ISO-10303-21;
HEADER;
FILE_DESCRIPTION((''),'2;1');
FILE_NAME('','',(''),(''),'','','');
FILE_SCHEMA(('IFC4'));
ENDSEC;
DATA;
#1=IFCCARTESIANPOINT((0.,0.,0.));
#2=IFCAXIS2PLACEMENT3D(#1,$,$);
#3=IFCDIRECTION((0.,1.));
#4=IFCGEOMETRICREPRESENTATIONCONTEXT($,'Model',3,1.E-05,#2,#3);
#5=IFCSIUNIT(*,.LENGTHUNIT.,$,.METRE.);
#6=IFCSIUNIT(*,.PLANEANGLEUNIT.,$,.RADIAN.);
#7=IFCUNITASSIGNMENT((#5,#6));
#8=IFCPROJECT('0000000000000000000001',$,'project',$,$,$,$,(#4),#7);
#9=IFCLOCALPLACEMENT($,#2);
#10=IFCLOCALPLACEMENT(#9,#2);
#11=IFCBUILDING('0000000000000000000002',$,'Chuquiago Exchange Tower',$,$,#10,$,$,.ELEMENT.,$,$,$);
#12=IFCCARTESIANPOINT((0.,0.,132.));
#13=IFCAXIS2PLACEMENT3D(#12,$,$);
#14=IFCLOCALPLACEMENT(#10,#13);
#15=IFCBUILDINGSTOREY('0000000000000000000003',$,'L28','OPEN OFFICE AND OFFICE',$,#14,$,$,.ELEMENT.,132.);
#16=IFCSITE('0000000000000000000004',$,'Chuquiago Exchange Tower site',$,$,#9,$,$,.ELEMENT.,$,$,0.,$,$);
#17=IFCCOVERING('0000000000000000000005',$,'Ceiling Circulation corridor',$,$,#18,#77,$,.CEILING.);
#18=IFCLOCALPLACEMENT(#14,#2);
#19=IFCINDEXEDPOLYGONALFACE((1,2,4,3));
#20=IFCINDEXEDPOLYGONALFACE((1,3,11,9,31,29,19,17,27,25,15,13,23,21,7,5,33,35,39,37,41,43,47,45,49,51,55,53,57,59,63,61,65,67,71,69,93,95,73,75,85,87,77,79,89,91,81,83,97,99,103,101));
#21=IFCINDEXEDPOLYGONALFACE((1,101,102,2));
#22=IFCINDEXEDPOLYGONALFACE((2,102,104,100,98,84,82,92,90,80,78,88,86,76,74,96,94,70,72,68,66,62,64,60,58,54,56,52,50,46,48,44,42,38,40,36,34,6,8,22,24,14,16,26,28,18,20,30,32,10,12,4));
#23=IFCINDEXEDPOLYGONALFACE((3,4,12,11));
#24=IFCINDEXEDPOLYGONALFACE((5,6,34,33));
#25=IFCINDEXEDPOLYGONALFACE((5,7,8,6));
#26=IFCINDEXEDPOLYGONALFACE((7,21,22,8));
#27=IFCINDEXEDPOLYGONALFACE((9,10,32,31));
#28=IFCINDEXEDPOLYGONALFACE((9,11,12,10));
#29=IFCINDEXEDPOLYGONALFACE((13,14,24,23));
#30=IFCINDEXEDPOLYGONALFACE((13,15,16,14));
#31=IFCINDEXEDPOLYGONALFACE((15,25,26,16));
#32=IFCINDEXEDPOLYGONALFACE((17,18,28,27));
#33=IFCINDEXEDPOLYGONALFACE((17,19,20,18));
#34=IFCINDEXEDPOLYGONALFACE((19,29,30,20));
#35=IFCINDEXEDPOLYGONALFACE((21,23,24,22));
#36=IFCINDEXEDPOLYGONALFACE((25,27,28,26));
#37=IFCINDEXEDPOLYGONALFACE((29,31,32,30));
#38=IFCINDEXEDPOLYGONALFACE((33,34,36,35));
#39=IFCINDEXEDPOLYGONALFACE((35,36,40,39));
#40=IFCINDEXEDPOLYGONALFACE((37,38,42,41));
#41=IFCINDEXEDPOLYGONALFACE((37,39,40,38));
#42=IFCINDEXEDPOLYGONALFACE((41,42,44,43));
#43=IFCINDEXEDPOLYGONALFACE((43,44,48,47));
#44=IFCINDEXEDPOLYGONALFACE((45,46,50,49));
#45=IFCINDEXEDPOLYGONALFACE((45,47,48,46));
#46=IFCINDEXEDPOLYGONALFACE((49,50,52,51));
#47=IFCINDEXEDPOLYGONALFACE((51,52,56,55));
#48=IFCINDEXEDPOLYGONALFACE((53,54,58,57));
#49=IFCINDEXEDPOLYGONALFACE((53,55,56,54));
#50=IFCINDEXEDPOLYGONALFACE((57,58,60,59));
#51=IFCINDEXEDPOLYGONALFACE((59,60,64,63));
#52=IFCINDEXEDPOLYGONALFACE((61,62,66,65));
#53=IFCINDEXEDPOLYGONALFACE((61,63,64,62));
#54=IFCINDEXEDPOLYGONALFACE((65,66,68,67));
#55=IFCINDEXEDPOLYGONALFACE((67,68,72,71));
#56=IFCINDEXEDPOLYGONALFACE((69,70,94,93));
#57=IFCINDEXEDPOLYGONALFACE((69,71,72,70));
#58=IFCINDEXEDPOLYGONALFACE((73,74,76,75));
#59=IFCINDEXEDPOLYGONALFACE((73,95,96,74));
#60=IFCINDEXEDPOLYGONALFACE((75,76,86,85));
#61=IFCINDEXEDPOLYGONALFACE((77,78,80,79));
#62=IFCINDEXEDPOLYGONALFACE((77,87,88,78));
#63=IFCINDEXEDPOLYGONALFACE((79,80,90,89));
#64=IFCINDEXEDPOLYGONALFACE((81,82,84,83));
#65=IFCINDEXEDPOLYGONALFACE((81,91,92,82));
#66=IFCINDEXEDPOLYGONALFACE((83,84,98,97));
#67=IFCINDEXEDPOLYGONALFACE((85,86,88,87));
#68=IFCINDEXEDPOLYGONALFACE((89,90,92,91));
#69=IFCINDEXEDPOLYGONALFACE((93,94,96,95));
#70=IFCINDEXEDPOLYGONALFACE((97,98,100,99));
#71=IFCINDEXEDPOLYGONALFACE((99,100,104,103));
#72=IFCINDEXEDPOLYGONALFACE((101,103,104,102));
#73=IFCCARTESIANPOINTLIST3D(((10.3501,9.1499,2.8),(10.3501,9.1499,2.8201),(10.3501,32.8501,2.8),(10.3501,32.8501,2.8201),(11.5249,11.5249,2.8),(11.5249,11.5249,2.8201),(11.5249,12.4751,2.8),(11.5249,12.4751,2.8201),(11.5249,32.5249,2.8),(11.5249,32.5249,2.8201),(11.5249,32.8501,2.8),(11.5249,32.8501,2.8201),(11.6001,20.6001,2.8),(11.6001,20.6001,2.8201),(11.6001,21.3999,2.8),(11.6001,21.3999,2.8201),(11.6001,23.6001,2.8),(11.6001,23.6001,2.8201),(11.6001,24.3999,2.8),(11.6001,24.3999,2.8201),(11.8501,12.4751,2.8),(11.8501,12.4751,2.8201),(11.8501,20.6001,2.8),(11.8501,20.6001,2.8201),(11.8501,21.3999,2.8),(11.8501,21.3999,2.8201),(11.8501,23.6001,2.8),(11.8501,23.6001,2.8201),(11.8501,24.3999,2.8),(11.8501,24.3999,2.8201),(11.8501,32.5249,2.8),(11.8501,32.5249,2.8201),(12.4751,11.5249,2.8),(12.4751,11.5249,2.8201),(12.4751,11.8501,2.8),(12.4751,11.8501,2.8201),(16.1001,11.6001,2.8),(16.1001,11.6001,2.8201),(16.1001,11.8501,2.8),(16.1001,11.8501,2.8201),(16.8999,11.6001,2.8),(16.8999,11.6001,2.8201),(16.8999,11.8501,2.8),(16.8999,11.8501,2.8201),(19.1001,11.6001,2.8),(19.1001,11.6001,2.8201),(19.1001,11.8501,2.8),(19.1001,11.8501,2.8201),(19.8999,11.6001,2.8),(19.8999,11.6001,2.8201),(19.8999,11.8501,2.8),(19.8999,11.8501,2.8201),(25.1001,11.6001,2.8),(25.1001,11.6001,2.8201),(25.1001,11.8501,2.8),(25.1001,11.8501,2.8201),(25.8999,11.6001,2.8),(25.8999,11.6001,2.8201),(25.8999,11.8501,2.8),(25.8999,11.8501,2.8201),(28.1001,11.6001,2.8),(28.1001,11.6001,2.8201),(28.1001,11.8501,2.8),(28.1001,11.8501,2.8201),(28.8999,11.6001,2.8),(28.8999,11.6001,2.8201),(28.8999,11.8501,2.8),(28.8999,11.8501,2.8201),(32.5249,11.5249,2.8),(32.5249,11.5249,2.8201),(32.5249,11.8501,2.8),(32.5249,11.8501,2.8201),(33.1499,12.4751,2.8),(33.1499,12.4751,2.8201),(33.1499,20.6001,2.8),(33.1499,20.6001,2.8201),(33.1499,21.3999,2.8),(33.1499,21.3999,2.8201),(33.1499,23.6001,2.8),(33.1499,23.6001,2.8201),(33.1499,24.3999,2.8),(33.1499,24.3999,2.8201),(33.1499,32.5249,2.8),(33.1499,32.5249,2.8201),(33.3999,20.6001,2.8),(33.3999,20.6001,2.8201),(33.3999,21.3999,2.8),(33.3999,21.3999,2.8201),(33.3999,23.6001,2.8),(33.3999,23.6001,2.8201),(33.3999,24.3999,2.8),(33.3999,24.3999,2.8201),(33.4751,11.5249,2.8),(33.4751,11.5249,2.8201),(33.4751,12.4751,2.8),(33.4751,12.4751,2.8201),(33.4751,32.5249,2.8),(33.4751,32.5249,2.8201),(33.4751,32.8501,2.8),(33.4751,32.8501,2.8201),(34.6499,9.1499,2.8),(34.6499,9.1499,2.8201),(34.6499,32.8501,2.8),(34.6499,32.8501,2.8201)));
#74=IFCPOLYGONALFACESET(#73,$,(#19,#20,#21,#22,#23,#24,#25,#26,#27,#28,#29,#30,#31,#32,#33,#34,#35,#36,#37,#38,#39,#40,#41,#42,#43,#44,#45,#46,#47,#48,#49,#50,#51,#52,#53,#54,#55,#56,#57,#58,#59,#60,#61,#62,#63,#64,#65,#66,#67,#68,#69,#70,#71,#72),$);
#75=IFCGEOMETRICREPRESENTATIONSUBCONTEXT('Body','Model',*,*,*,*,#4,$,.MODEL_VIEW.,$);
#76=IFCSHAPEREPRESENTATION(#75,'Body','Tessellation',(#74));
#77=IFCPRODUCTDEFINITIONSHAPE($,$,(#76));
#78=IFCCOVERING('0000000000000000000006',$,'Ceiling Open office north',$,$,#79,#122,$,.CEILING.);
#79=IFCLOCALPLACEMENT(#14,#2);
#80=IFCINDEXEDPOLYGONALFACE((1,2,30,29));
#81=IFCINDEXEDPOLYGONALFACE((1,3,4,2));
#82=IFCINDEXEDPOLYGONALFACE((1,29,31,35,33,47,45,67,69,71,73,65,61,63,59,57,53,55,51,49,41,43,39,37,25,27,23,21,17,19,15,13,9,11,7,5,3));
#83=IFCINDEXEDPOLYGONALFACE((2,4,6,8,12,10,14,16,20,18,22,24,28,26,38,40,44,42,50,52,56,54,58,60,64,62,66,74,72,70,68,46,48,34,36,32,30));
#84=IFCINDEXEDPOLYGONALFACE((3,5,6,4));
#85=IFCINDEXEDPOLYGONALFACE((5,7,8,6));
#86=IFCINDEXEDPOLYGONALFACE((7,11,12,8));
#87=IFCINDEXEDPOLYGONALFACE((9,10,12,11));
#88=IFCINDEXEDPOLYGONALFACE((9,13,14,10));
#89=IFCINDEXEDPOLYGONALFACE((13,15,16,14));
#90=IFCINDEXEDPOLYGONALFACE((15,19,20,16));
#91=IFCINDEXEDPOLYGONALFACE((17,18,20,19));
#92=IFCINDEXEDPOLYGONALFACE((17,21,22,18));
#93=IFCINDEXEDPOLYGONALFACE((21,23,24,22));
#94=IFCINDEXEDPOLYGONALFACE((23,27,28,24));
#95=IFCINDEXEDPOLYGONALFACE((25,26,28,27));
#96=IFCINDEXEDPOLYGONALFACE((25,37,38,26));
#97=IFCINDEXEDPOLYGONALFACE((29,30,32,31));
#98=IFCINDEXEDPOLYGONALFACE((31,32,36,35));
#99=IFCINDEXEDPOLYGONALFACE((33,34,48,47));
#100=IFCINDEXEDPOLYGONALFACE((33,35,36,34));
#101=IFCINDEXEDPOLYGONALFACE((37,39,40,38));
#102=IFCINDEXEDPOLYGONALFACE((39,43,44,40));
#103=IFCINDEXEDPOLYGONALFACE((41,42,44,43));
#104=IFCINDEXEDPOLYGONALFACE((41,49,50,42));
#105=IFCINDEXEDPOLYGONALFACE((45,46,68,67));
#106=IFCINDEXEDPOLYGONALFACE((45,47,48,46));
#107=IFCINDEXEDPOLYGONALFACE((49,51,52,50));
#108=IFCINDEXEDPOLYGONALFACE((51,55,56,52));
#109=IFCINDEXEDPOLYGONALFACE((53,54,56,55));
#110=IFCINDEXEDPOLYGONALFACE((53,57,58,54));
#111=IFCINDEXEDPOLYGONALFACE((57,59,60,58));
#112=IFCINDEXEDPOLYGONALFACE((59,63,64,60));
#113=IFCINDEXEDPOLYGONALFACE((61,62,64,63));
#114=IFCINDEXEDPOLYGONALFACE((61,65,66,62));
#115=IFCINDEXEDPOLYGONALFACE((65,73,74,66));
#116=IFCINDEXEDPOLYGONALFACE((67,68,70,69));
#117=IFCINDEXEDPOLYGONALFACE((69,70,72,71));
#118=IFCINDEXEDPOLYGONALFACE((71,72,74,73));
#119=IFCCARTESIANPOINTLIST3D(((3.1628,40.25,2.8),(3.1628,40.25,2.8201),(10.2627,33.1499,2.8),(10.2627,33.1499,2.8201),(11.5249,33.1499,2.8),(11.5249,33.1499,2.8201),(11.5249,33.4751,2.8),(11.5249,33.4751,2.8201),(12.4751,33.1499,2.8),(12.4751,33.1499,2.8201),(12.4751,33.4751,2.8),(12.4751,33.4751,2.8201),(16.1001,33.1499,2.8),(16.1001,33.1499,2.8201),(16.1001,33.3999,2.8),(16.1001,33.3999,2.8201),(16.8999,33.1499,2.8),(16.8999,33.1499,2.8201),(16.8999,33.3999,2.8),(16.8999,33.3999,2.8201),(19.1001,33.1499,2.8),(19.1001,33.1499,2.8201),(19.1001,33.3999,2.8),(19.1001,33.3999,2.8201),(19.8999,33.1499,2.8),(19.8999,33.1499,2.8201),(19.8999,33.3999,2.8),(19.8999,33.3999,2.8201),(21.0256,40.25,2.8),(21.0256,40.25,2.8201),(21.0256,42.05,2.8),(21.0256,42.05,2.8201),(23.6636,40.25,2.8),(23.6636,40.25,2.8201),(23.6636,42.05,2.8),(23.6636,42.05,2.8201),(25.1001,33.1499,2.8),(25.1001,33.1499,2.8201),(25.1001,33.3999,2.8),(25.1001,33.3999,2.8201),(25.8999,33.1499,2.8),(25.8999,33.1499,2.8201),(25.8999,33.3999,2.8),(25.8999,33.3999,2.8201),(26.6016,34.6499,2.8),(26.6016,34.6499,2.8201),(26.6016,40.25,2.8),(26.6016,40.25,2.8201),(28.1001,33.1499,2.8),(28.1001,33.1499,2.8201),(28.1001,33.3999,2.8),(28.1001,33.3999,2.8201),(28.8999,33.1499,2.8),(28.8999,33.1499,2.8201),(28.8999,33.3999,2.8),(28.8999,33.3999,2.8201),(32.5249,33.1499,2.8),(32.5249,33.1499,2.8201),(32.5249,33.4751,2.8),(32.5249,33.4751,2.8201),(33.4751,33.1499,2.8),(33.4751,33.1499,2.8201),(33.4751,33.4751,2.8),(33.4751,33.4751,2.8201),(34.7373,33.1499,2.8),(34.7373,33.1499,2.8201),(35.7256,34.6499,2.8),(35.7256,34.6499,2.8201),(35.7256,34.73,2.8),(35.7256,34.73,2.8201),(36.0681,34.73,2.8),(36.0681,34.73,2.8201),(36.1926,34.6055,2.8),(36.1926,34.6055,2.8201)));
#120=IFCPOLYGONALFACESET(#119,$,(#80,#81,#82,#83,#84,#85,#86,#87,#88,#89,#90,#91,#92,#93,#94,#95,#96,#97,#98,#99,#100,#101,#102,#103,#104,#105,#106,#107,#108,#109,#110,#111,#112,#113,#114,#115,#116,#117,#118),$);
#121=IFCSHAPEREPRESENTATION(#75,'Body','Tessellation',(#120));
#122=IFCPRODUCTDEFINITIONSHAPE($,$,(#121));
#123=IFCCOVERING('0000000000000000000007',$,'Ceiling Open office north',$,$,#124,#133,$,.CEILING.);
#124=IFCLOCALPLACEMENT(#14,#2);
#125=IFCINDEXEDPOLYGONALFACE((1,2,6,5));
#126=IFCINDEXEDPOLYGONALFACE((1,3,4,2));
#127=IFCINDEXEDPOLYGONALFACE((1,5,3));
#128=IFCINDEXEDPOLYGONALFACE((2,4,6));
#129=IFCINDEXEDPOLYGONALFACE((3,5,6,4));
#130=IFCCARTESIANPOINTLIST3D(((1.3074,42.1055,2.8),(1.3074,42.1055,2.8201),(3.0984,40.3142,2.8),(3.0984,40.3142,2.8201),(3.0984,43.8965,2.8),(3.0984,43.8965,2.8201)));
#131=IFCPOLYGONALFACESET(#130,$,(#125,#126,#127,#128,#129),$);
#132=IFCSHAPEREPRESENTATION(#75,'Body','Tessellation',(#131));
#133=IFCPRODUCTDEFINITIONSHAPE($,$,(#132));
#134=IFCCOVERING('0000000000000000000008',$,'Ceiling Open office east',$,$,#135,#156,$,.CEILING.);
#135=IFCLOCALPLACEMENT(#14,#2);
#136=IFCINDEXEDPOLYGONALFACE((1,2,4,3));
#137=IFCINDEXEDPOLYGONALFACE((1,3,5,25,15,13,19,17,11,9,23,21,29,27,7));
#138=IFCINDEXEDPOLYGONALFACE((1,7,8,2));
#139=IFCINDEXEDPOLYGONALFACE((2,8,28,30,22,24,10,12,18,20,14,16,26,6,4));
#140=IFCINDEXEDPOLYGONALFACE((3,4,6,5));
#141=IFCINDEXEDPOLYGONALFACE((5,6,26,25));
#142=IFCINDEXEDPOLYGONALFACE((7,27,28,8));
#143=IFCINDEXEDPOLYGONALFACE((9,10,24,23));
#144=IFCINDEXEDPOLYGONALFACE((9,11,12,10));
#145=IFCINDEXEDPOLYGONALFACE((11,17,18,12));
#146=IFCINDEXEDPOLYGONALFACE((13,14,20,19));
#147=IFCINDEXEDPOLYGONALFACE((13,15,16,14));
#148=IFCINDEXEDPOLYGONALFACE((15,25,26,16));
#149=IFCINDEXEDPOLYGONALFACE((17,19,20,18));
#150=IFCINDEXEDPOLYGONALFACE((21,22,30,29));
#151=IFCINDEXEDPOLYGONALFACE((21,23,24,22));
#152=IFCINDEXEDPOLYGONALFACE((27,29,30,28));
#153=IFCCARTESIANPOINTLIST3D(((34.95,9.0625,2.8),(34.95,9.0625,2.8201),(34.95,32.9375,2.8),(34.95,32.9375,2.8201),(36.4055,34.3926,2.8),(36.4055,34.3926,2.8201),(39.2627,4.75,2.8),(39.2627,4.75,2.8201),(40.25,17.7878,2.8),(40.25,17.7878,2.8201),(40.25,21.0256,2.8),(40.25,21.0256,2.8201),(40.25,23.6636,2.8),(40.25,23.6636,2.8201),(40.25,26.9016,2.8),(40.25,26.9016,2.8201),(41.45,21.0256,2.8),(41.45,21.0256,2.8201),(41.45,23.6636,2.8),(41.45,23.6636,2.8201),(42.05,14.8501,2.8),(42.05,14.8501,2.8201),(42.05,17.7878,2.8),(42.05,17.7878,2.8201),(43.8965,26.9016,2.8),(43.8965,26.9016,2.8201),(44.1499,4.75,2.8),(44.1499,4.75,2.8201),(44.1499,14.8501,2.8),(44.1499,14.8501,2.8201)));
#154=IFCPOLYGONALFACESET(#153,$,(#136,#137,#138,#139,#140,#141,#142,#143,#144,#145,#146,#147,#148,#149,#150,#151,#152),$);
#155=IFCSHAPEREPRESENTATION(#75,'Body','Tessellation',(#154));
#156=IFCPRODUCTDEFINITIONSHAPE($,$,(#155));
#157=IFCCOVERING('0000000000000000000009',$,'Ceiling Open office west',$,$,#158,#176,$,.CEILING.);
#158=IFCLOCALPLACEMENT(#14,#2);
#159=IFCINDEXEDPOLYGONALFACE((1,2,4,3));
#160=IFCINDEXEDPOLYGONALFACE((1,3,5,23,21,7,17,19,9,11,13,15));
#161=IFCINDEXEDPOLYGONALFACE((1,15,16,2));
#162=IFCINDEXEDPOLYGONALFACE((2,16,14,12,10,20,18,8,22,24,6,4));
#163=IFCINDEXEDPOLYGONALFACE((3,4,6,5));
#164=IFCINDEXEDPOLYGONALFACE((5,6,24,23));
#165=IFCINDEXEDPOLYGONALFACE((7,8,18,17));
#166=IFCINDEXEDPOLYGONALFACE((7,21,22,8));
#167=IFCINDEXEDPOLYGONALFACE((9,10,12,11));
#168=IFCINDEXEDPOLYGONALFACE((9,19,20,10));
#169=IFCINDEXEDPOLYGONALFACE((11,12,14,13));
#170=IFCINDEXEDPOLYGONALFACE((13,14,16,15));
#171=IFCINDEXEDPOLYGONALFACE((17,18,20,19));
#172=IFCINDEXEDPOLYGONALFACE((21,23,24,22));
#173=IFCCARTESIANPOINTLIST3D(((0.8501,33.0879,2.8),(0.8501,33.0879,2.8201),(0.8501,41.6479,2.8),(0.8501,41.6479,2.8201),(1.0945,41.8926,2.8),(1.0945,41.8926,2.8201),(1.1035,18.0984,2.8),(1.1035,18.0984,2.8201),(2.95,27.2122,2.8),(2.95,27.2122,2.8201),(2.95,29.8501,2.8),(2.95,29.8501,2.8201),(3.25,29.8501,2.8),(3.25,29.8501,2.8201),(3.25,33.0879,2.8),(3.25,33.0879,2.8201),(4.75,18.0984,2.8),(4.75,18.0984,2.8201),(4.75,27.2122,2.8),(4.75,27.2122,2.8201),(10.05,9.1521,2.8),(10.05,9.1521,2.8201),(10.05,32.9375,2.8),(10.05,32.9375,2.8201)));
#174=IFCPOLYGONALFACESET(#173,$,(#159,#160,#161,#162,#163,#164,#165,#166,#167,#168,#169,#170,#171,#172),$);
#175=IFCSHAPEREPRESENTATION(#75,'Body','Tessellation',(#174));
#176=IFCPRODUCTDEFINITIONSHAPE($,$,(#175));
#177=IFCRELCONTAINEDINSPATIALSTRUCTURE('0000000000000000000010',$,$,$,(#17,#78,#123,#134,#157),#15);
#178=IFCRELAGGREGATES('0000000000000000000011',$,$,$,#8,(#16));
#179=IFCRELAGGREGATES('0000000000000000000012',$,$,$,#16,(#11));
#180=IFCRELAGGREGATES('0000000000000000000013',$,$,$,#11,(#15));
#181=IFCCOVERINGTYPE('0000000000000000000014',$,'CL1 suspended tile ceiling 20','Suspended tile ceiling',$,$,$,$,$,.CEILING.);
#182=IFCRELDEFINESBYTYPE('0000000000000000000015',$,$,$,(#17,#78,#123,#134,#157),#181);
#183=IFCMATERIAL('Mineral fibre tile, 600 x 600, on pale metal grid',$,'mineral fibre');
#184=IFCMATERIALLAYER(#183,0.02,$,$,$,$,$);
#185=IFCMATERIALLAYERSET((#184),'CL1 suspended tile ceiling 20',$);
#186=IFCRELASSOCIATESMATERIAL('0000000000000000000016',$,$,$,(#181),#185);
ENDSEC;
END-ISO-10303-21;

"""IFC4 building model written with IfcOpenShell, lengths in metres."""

from ifc_helpers import new_model, si_unit, direction, frame, origin, place, context, subcontext, project, spatial, polyline, outline, extrude, material, layer, layer_set, type_object, element, save


model = new_model("IFC4")

# Units and contexts
model_context = context("Model", 3, precision=1e-05, world=origin(), true_north=direction((0.0, 1.0)))
body_context = subcontext(model_context, "Body", "Model", "MODEL_VIEW")
ifc_project = project(units=[si_unit("LENGTHUNIT", "METRE"), si_unit("PLANEANGLEUNIT", "RADIAN")], contexts=[model_context])

# Site, building, storey
site_placement = place(None, origin())
site = spatial("IfcSite", under=ifc_project, at=site_placement, Name="Chuquiago Exchange Tower site", CompositionType="ELEMENT", RefElevation=0.0)
building_placement = place(site_placement, origin())
building = spatial("IfcBuilding", under=site, at=building_placement, Name="Chuquiago Exchange Tower", CompositionType="ELEMENT")
storey_placement = place(building_placement, frame((0.0, 0.0, 132.0)))
storey = spatial("IfcBuildingStorey", under=building, at=storey_placement, Name="L28", Description="OPEN OFFICE AND OFFICE", CompositionType="ELEMENT", Elevation=132.0)

# Coverings
ifc_material_1 = material(Name="Mineral fibre tile, 600 x 600, on pale metal grid", Category="mineral fibre")
ifc_layer_1 = layer(ifc_material_1, 0.02)
ifc_layer_set_1 = layer_set([ifc_layer_1], Name="CL1 suspended tile ceiling 20")
covering_type_1 = type_object("IfcCoveringType", Name="CL1 suspended tile ceiling 20", Description="Suspended tile ceiling", PredefinedType="CEILING", material=ifc_layer_set_1)
covering_1_placement = place(storey_placement, frame((0.0, 0.0, 2.8)))
element("IfcCovering", 1, at=covering_1_placement, inside=storey, type_object=covering_type_1, Name="Ceiling Circulation corridor", PredefinedType="CEILING", context=body_context, shape_type="SweptSolid", body=[
    extrude(outline(polyline([(16.1001, 11.8501), (16.1001, 11.6001), (16.8999, 11.6001), (16.8999, 11.8501), (19.1001, 11.8501), (19.1001, 11.6001), (19.8999, 11.6001), (19.8999, 11.8501), (25.1001, 11.8501), (25.1001, 11.6001), (25.8999, 11.6001), (25.8999, 11.8501), (28.1001, 11.8501), (28.1001, 11.6001), (28.8999, 11.6001), (28.8999, 11.8501), (32.5249, 11.8501), (32.5249, 11.5249), (33.4751, 11.5249), (33.4751, 12.4751), (33.1499, 12.4751), (33.1499, 20.6001), (33.3999, 20.6001), (33.3999, 21.3999), (33.1499, 21.3999), (33.1499, 23.6001), (33.3999, 23.6001), (33.3999, 24.3999), (33.1499, 24.3999), (33.1499, 32.5249), (33.4751, 32.5249), (33.4751, 32.8501), (34.6499, 32.8501), (34.6499, 9.1499), (10.3501, 9.1499), (10.3501, 32.8501), (11.5249, 32.8501), (11.5249, 32.5249), (11.8501, 32.5249), (11.8501, 24.3999), (11.6001, 24.3999), (11.6001, 23.6001), (11.8501, 23.6001), (11.8501, 21.3999), (11.6001, 21.3999), (11.6001, 20.6001), (11.8501, 20.6001), (11.8501, 12.4751), (11.5249, 12.4751), (11.5249, 11.5249), (12.4751, 11.5249), (12.4751, 11.8501), (16.1001, 11.8501)])), origin(), (0.0, 0.0, 1.0), 0.02),
])
covering_2_placement = place(storey_placement, frame((0.0, 0.0, 2.8)))
element("IfcCovering", 2, at=covering_2_placement, inside=storey, type_object=covering_type_1, Name="Ceiling Open office north", PredefinedType="CEILING", context=body_context, shape_type="SweptSolid", body=[
    extrude(outline(polyline([(21.0256, 40.25), (21.0256, 42.05), (23.6636, 42.05), (23.6636, 40.25), (26.6016, 40.25), (26.6016, 34.6499), (35.7256, 34.6499), (35.7256, 34.73), (36.0681, 34.73), (36.1926, 34.6055), (34.7373, 33.1499), (33.4751, 33.1499), (33.4751, 33.4751), (32.5249, 33.4751), (32.5249, 33.1499), (28.8999, 33.1499), (28.8999, 33.3999), (28.1001, 33.3999), (28.1001, 33.1499), (25.8999, 33.1499), (25.8999, 33.3999), (25.1001, 33.3999), (25.1001, 33.1499), (19.8999, 33.1499), (19.8999, 33.3999), (19.1001, 33.3999), (19.1001, 33.1499), (16.8999, 33.1499), (16.8999, 33.3999), (16.1001, 33.3999), (16.1001, 33.1499), (12.4751, 33.1499), (12.4751, 33.4751), (11.5249, 33.4751), (11.5249, 33.1499), (10.2627, 33.1499), (3.1628, 40.25), (21.0256, 40.25)])), origin(), (0.0, 0.0, 1.0), 0.02),
])
covering_3_placement = place(storey_placement, frame((0.0, 0.0, 2.8)))
element("IfcCovering", 3, at=covering_3_placement, inside=storey, type_object=covering_type_1, Name="Ceiling Open office north", PredefinedType="CEILING", context=body_context, shape_type="SweptSolid", body=[
    extrude(outline(polyline([(1.3074, 42.1055), (3.0984, 43.8965), (3.0984, 40.3142), (1.3074, 42.1055)])), origin(), (0.0, 0.0, 1.0), 0.02),
])
covering_4_placement = place(storey_placement, frame((0.0, 0.0, 2.8)))
element("IfcCovering", 4, at=covering_4_placement, inside=storey, type_object=covering_type_1, Name="Ceiling Open office east", PredefinedType="CEILING", context=body_context, shape_type="SweptSolid", body=[
    extrude(outline(polyline([(40.25, 26.9016), (40.25, 23.6636), (41.45, 23.6636), (41.45, 21.0256), (40.25, 21.0256), (40.25, 17.7878), (42.05, 17.7878), (42.05, 14.8501), (44.1499, 14.8501), (44.1499, 4.75), (39.2627, 4.75), (34.95, 9.0625), (34.95, 32.9375), (36.4055, 34.3926), (43.8965, 26.9016), (40.25, 26.9016)])), origin(), (0.0, 0.0, 1.0), 0.02),
])
covering_5_placement = place(storey_placement, frame((0.0, 0.0, 2.8)))
element("IfcCovering", 5, at=covering_5_placement, inside=storey, type_object=covering_type_1, Name="Ceiling Open office west", PredefinedType="CEILING", context=body_context, shape_type="SweptSolid", body=[
    extrude(outline(polyline([(1.1035, 18.0984), (4.75, 18.0984), (4.75, 27.2122), (2.95, 27.2122), (2.95, 29.8501), (3.25, 29.8501), (3.25, 33.0879), (0.8501, 33.0879), (0.8501, 41.6479), (1.0945, 41.8926), (10.05, 32.9375), (10.05, 9.1521), (1.1035, 18.0984)])), origin(), (0.0, 0.0, 1.0), 0.02),
])

save(model, "model.ifc")
